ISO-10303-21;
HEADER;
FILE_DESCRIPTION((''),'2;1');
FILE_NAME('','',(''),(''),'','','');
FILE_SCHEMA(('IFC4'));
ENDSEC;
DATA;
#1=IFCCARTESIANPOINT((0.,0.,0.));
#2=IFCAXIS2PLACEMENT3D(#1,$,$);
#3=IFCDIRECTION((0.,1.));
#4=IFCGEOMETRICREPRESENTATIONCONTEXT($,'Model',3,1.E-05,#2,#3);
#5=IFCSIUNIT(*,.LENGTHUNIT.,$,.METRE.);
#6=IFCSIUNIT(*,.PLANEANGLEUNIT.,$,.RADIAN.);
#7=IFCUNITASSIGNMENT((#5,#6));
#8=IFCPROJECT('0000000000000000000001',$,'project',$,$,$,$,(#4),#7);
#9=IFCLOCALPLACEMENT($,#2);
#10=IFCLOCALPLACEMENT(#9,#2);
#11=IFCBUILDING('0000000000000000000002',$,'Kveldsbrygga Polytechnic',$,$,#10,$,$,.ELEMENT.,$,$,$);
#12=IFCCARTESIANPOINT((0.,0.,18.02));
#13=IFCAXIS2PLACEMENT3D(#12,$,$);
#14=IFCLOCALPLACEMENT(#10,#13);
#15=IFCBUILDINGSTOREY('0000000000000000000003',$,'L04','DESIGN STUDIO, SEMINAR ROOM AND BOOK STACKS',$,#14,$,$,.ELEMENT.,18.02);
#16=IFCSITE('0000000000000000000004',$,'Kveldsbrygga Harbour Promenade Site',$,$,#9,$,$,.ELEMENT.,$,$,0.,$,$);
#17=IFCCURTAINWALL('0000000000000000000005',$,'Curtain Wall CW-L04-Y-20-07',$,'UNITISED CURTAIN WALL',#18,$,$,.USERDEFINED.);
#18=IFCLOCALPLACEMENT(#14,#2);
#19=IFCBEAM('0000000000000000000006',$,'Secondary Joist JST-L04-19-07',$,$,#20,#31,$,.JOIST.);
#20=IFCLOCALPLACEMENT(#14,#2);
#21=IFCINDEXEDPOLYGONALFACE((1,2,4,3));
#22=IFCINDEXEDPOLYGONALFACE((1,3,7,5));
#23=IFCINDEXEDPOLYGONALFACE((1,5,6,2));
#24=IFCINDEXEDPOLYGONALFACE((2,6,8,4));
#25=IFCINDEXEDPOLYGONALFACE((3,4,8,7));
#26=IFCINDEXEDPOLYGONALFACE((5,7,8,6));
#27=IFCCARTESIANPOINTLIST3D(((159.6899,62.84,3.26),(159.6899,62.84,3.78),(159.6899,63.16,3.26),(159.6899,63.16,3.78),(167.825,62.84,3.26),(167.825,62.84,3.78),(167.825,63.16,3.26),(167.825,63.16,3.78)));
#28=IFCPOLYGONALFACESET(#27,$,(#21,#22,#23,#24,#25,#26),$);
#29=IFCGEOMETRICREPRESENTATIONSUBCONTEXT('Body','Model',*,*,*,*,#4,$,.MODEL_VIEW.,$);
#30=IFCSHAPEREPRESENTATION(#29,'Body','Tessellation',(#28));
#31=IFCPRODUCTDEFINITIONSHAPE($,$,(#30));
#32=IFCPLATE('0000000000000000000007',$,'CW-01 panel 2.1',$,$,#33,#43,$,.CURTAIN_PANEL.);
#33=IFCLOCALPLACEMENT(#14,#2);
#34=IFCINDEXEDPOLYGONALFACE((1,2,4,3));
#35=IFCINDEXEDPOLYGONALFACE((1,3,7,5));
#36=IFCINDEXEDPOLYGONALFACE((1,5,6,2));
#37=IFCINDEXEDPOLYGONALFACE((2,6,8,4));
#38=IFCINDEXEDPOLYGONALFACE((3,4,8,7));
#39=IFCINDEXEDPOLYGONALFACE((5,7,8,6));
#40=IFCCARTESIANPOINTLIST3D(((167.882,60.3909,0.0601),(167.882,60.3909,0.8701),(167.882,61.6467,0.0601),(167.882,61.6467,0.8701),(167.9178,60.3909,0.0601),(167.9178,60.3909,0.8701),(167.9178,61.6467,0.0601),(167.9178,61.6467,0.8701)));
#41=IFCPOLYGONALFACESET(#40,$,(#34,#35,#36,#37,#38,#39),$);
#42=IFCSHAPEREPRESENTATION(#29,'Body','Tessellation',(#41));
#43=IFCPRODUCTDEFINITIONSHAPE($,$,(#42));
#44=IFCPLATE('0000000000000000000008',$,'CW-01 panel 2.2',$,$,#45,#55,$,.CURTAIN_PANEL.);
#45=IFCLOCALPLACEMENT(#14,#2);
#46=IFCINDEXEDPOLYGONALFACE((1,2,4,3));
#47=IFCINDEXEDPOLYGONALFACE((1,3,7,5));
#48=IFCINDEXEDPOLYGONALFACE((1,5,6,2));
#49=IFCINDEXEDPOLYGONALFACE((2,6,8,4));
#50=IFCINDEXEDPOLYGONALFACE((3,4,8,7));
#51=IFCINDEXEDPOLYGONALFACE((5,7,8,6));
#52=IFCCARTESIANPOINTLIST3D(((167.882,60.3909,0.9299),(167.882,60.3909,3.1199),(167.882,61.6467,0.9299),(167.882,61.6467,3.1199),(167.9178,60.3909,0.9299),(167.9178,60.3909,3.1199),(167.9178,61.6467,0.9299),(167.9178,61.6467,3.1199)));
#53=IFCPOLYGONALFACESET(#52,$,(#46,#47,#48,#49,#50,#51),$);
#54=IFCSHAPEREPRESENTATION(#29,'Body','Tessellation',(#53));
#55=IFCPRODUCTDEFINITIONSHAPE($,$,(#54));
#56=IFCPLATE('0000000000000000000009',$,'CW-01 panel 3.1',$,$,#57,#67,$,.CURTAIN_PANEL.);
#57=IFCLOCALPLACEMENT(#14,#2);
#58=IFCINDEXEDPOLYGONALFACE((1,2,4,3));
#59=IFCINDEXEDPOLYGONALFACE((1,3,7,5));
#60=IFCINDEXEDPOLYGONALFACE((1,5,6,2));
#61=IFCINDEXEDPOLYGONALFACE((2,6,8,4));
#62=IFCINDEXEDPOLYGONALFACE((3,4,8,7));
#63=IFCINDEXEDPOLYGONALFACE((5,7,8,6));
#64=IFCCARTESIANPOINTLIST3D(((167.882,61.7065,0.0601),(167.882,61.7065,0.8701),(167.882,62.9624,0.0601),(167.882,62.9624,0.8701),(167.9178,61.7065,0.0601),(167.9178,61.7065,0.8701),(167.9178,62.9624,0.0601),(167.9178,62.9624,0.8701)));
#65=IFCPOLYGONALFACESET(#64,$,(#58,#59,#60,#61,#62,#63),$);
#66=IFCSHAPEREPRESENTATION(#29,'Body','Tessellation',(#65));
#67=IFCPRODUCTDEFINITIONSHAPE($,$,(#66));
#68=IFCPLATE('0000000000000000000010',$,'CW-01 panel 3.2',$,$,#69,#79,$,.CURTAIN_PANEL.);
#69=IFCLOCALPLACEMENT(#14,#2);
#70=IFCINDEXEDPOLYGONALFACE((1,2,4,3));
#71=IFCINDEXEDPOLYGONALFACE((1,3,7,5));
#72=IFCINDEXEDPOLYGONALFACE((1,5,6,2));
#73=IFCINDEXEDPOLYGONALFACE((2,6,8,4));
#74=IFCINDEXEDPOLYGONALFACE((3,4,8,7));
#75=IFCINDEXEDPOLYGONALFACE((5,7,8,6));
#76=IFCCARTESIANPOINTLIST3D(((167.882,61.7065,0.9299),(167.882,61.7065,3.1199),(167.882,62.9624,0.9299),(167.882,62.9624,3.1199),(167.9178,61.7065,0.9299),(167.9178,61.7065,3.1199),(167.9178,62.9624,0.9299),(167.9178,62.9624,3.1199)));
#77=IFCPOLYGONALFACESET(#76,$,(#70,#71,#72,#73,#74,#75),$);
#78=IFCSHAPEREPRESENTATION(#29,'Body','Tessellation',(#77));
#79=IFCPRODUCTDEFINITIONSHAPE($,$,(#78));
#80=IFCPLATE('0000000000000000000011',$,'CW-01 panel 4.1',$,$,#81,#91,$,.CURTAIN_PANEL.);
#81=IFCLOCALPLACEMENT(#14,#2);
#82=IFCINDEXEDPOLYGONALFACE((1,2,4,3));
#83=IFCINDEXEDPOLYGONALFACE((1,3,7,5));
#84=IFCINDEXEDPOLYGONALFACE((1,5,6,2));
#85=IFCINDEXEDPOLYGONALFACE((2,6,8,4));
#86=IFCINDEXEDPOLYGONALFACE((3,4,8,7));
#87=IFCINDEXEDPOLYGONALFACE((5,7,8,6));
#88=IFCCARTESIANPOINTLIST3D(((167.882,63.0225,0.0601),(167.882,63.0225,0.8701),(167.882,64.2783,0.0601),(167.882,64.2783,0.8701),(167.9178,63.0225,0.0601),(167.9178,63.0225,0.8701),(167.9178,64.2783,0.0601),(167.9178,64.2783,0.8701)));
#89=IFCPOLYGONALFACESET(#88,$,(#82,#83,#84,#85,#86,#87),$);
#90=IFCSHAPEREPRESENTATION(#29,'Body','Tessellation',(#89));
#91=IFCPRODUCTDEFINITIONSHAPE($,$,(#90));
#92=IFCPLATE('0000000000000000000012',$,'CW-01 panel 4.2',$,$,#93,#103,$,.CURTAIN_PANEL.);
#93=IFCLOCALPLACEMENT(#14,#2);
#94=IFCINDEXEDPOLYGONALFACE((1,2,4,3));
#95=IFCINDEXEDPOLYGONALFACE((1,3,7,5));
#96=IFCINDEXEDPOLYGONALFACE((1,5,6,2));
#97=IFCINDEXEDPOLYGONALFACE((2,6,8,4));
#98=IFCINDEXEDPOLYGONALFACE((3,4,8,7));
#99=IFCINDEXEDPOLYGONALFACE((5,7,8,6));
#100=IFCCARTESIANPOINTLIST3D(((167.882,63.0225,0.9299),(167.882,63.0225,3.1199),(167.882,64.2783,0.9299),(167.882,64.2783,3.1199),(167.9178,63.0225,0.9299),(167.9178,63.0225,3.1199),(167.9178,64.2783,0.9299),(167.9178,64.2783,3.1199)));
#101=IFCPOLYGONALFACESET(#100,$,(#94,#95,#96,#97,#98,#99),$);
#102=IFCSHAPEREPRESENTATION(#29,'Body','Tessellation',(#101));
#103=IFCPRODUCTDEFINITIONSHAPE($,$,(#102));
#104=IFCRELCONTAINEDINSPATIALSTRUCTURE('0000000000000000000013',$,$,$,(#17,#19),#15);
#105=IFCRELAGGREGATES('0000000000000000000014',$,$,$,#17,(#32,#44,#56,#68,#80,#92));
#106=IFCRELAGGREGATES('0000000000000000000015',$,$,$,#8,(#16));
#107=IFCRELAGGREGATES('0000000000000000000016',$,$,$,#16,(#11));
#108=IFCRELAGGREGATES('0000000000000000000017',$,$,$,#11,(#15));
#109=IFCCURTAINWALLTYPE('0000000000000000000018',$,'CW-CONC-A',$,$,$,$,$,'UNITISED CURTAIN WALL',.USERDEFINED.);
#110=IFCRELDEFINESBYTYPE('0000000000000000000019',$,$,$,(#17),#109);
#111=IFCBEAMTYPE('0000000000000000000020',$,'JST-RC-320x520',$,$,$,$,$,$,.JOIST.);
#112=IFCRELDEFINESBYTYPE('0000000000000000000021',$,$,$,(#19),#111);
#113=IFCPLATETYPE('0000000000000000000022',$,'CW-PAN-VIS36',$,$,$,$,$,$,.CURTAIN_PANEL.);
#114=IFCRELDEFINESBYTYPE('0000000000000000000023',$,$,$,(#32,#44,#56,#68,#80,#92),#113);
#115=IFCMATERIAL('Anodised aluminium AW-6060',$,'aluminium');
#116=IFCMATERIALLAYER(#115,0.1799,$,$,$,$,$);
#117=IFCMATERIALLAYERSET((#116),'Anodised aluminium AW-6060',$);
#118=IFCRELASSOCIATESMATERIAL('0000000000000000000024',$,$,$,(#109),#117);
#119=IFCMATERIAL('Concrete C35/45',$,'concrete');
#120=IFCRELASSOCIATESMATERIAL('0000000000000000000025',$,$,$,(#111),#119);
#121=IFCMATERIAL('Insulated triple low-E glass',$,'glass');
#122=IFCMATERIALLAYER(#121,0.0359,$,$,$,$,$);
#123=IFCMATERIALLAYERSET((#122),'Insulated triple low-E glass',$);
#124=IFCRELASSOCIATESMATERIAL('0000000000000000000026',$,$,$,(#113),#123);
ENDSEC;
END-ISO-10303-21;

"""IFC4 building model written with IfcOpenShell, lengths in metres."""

from ifc_helpers import new_model, si_unit, direction, frame, origin, origin_2d, place, context, subcontext, project, spatial, rectangle, extrude, material, layer, layer_set, material_profile, profile_set, type_object, element, aggregate, save


model = new_model("IFC4")

# Units and contexts
model_context = context("Model", 3, precision=1e-05, world=origin(), true_north=direction((0.0, 1.0)))
body_context = subcontext(model_context, "Body", "Model", "MODEL_VIEW")
ifc_project = project(units=[si_unit("LENGTHUNIT", "METRE"), si_unit("PLANEANGLEUNIT", "RADIAN")], contexts=[model_context])

# Site, building, storey
site_placement = place(None, origin())
site = spatial("IfcSite", under=ifc_project, at=site_placement, Name="Kveldsbrygga Harbour Promenade Site", CompositionType="ELEMENT", RefElevation=0.0)
building_placement = place(site_placement, origin())
building = spatial("IfcBuilding", under=site, at=building_placement, Name="Kveldsbrygga Polytechnic", CompositionType="ELEMENT")
storey_placement = place(building_placement, frame((0.0, 0.0, 18.02)))
storey = spatial("IfcBuildingStorey", under=building, at=storey_placement, Name="L04", Description="DESIGN STUDIO, SEMINAR ROOM AND BOOK STACKS", CompositionType="ELEMENT", Elevation=18.02)

# Curtain wall
ifc_material_1 = material(Name="Anodised aluminium AW-6060", Category="aluminium")
ifc_layer_1 = layer(ifc_material_1, 0.1799)
ifc_layer_set_1 = layer_set([ifc_layer_1], Name="Anodised aluminium AW-6060")
curtain_wall_type = type_object("IfcCurtainWallType", Name="CW-CONC-A", ElementType="UNITISED CURTAIN WALL", PredefinedType="USERDEFINED", material=ifc_layer_set_1)
curtain_wall_placement = place(storey_placement, origin())
curtain_wall = element("IfcCurtainWall", 1, at=curtain_wall_placement, inside=storey, type_object=curtain_wall_type, Name="Curtain Wall CW-L04-Y-20-07", ObjectType="UNITISED CURTAIN WALL", PredefinedType="USERDEFINED")

# Beam
ifc_material_2 = material(Name="Concrete C35/45", Category="concrete")
ifc_material_profile_1 = material_profile(ifc_material_2, rectangle(XDim=0.3201, YDim=0.52, at=origin_2d()), Name="RC 320x520")
ifc_profile_set_1 = profile_set([ifc_material_profile_1], Name="Concrete C35/45")
beam_type = type_object("IfcBeamType", Name="JST-RC-320x520", PredefinedType="JOIST", material=ifc_profile_set_1)
beam_placement = place(storey_placement, frame((159.6899, 63.0, 3.52), z_axis=(1.0, 0.0, 0.0), x_axis=(0.0, 1.0, 0.0)))
element("IfcBeam", 2, at=beam_placement, inside=storey, type_object=beam_type, Name="Secondary Joist JST-L04-19-07", PredefinedType="JOIST", context=body_context, shape_type="SweptSolid", body=[
    extrude(rectangle(XDim=0.3201, YDim=0.52, at=origin_2d()), origin(), (0.0, 0.0, 1.0), 8.135),
])

# Plates
ifc_material_3 = material(Name="Insulated triple low-E glass", Category="glass")
ifc_layer_2 = layer(ifc_material_3, 0.0359)
ifc_layer_set_2 = layer_set([ifc_layer_2], Name="Insulated triple low-E glass")
plate_type = type_object("IfcPlateType", Name="CW-PAN-VIS36", PredefinedType="CURTAIN_PANEL", material=ifc_layer_set_2)
plate_1_placement = place(storey_placement, frame((167.8999, 61.0188, 0.0601), z_axis=(0.0, 0.0, 1.0), x_axis=(0.0, 1.0, 0.0)))
plate_1 = element("IfcPlate", 3, at=plate_1_placement, type_object=plate_type, Name="CW-01 panel 2.1", PredefinedType="CURTAIN_PANEL", context=body_context, shape_type="SweptSolid", body=[
    extrude(rectangle(XDim=1.2559, YDim=0.0359, at=origin_2d()), origin(), (0.0, 0.0, 1.0), 0.8101),
])
plate_2_placement = place(storey_placement, frame((167.8999, 61.0188, 0.9299), z_axis=(0.0, 0.0, 1.0), x_axis=(0.0, 1.0, 0.0)))
plate_2 = element("IfcPlate", 4, at=plate_2_placement, type_object=plate_type, Name="CW-01 panel 2.2", PredefinedType="CURTAIN_PANEL", context=body_context, shape_type="SweptSolid", body=[
    extrude(rectangle(XDim=1.2559, YDim=0.0359, at=origin_2d()), origin(), (0.0, 0.0, 1.0), 2.1899),
])
plate_3_placement = place(storey_placement, frame((167.8999, 62.3345, 0.0601), z_axis=(0.0, 0.0, 1.0), x_axis=(0.0, 1.0, 0.0)))
plate_3 = element("IfcPlate", 5, at=plate_3_placement, type_object=plate_type, Name="CW-01 panel 3.1", PredefinedType="CURTAIN_PANEL", context=body_context, shape_type="SweptSolid", body=[
    extrude(rectangle(XDim=1.2559, YDim=0.0359, at=origin_2d()), origin(), (0.0, 0.0, 1.0), 0.8101),
])
plate_4_placement = place(storey_placement, frame((167.8999, 62.3345, 0.9299), z_axis=(0.0, 0.0, 1.0), x_axis=(0.0, 1.0, 0.0)))
plate_4 = element("IfcPlate", 6, at=plate_4_placement, type_object=plate_type, Name="CW-01 panel 3.2", PredefinedType="CURTAIN_PANEL", context=body_context, shape_type="SweptSolid", body=[
    extrude(rectangle(XDim=1.2559, YDim=0.0359, at=origin_2d()), origin(), (0.0, 0.0, 1.0), 2.1899),
])
plate_5_placement = place(storey_placement, frame((167.8999, 63.6504, 0.0601), z_axis=(0.0, 0.0, 1.0), x_axis=(0.0, 1.0, 0.0)))
plate_5 = element("IfcPlate", 7, at=plate_5_placement, type_object=plate_type, Name="CW-01 panel 4.1", PredefinedType="CURTAIN_PANEL", context=body_context, shape_type="SweptSolid", body=[
    extrude(rectangle(XDim=1.2559, YDim=0.0359, at=origin_2d()), origin(), (0.0, 0.0, 1.0), 0.8101),
])
plate_6_placement = place(storey_placement, frame((167.8999, 63.6504, 0.9299), z_axis=(0.0, 0.0, 1.0), x_axis=(0.0, 1.0, 0.0)))
plate_6 = element("IfcPlate", 8, at=plate_6_placement, type_object=plate_type, Name="CW-01 panel 4.2", PredefinedType="CURTAIN_PANEL", context=body_context, shape_type="SweptSolid", body=[
    extrude(rectangle(XDim=1.2559, YDim=0.0359, at=origin_2d()), origin(), (0.0, 0.0, 1.0), 2.1899),
])
aggregate(curtain_wall, [plate_1, plate_2, plate_3, plate_4, plate_5, plate_6])

save(model, "model.ifc")
